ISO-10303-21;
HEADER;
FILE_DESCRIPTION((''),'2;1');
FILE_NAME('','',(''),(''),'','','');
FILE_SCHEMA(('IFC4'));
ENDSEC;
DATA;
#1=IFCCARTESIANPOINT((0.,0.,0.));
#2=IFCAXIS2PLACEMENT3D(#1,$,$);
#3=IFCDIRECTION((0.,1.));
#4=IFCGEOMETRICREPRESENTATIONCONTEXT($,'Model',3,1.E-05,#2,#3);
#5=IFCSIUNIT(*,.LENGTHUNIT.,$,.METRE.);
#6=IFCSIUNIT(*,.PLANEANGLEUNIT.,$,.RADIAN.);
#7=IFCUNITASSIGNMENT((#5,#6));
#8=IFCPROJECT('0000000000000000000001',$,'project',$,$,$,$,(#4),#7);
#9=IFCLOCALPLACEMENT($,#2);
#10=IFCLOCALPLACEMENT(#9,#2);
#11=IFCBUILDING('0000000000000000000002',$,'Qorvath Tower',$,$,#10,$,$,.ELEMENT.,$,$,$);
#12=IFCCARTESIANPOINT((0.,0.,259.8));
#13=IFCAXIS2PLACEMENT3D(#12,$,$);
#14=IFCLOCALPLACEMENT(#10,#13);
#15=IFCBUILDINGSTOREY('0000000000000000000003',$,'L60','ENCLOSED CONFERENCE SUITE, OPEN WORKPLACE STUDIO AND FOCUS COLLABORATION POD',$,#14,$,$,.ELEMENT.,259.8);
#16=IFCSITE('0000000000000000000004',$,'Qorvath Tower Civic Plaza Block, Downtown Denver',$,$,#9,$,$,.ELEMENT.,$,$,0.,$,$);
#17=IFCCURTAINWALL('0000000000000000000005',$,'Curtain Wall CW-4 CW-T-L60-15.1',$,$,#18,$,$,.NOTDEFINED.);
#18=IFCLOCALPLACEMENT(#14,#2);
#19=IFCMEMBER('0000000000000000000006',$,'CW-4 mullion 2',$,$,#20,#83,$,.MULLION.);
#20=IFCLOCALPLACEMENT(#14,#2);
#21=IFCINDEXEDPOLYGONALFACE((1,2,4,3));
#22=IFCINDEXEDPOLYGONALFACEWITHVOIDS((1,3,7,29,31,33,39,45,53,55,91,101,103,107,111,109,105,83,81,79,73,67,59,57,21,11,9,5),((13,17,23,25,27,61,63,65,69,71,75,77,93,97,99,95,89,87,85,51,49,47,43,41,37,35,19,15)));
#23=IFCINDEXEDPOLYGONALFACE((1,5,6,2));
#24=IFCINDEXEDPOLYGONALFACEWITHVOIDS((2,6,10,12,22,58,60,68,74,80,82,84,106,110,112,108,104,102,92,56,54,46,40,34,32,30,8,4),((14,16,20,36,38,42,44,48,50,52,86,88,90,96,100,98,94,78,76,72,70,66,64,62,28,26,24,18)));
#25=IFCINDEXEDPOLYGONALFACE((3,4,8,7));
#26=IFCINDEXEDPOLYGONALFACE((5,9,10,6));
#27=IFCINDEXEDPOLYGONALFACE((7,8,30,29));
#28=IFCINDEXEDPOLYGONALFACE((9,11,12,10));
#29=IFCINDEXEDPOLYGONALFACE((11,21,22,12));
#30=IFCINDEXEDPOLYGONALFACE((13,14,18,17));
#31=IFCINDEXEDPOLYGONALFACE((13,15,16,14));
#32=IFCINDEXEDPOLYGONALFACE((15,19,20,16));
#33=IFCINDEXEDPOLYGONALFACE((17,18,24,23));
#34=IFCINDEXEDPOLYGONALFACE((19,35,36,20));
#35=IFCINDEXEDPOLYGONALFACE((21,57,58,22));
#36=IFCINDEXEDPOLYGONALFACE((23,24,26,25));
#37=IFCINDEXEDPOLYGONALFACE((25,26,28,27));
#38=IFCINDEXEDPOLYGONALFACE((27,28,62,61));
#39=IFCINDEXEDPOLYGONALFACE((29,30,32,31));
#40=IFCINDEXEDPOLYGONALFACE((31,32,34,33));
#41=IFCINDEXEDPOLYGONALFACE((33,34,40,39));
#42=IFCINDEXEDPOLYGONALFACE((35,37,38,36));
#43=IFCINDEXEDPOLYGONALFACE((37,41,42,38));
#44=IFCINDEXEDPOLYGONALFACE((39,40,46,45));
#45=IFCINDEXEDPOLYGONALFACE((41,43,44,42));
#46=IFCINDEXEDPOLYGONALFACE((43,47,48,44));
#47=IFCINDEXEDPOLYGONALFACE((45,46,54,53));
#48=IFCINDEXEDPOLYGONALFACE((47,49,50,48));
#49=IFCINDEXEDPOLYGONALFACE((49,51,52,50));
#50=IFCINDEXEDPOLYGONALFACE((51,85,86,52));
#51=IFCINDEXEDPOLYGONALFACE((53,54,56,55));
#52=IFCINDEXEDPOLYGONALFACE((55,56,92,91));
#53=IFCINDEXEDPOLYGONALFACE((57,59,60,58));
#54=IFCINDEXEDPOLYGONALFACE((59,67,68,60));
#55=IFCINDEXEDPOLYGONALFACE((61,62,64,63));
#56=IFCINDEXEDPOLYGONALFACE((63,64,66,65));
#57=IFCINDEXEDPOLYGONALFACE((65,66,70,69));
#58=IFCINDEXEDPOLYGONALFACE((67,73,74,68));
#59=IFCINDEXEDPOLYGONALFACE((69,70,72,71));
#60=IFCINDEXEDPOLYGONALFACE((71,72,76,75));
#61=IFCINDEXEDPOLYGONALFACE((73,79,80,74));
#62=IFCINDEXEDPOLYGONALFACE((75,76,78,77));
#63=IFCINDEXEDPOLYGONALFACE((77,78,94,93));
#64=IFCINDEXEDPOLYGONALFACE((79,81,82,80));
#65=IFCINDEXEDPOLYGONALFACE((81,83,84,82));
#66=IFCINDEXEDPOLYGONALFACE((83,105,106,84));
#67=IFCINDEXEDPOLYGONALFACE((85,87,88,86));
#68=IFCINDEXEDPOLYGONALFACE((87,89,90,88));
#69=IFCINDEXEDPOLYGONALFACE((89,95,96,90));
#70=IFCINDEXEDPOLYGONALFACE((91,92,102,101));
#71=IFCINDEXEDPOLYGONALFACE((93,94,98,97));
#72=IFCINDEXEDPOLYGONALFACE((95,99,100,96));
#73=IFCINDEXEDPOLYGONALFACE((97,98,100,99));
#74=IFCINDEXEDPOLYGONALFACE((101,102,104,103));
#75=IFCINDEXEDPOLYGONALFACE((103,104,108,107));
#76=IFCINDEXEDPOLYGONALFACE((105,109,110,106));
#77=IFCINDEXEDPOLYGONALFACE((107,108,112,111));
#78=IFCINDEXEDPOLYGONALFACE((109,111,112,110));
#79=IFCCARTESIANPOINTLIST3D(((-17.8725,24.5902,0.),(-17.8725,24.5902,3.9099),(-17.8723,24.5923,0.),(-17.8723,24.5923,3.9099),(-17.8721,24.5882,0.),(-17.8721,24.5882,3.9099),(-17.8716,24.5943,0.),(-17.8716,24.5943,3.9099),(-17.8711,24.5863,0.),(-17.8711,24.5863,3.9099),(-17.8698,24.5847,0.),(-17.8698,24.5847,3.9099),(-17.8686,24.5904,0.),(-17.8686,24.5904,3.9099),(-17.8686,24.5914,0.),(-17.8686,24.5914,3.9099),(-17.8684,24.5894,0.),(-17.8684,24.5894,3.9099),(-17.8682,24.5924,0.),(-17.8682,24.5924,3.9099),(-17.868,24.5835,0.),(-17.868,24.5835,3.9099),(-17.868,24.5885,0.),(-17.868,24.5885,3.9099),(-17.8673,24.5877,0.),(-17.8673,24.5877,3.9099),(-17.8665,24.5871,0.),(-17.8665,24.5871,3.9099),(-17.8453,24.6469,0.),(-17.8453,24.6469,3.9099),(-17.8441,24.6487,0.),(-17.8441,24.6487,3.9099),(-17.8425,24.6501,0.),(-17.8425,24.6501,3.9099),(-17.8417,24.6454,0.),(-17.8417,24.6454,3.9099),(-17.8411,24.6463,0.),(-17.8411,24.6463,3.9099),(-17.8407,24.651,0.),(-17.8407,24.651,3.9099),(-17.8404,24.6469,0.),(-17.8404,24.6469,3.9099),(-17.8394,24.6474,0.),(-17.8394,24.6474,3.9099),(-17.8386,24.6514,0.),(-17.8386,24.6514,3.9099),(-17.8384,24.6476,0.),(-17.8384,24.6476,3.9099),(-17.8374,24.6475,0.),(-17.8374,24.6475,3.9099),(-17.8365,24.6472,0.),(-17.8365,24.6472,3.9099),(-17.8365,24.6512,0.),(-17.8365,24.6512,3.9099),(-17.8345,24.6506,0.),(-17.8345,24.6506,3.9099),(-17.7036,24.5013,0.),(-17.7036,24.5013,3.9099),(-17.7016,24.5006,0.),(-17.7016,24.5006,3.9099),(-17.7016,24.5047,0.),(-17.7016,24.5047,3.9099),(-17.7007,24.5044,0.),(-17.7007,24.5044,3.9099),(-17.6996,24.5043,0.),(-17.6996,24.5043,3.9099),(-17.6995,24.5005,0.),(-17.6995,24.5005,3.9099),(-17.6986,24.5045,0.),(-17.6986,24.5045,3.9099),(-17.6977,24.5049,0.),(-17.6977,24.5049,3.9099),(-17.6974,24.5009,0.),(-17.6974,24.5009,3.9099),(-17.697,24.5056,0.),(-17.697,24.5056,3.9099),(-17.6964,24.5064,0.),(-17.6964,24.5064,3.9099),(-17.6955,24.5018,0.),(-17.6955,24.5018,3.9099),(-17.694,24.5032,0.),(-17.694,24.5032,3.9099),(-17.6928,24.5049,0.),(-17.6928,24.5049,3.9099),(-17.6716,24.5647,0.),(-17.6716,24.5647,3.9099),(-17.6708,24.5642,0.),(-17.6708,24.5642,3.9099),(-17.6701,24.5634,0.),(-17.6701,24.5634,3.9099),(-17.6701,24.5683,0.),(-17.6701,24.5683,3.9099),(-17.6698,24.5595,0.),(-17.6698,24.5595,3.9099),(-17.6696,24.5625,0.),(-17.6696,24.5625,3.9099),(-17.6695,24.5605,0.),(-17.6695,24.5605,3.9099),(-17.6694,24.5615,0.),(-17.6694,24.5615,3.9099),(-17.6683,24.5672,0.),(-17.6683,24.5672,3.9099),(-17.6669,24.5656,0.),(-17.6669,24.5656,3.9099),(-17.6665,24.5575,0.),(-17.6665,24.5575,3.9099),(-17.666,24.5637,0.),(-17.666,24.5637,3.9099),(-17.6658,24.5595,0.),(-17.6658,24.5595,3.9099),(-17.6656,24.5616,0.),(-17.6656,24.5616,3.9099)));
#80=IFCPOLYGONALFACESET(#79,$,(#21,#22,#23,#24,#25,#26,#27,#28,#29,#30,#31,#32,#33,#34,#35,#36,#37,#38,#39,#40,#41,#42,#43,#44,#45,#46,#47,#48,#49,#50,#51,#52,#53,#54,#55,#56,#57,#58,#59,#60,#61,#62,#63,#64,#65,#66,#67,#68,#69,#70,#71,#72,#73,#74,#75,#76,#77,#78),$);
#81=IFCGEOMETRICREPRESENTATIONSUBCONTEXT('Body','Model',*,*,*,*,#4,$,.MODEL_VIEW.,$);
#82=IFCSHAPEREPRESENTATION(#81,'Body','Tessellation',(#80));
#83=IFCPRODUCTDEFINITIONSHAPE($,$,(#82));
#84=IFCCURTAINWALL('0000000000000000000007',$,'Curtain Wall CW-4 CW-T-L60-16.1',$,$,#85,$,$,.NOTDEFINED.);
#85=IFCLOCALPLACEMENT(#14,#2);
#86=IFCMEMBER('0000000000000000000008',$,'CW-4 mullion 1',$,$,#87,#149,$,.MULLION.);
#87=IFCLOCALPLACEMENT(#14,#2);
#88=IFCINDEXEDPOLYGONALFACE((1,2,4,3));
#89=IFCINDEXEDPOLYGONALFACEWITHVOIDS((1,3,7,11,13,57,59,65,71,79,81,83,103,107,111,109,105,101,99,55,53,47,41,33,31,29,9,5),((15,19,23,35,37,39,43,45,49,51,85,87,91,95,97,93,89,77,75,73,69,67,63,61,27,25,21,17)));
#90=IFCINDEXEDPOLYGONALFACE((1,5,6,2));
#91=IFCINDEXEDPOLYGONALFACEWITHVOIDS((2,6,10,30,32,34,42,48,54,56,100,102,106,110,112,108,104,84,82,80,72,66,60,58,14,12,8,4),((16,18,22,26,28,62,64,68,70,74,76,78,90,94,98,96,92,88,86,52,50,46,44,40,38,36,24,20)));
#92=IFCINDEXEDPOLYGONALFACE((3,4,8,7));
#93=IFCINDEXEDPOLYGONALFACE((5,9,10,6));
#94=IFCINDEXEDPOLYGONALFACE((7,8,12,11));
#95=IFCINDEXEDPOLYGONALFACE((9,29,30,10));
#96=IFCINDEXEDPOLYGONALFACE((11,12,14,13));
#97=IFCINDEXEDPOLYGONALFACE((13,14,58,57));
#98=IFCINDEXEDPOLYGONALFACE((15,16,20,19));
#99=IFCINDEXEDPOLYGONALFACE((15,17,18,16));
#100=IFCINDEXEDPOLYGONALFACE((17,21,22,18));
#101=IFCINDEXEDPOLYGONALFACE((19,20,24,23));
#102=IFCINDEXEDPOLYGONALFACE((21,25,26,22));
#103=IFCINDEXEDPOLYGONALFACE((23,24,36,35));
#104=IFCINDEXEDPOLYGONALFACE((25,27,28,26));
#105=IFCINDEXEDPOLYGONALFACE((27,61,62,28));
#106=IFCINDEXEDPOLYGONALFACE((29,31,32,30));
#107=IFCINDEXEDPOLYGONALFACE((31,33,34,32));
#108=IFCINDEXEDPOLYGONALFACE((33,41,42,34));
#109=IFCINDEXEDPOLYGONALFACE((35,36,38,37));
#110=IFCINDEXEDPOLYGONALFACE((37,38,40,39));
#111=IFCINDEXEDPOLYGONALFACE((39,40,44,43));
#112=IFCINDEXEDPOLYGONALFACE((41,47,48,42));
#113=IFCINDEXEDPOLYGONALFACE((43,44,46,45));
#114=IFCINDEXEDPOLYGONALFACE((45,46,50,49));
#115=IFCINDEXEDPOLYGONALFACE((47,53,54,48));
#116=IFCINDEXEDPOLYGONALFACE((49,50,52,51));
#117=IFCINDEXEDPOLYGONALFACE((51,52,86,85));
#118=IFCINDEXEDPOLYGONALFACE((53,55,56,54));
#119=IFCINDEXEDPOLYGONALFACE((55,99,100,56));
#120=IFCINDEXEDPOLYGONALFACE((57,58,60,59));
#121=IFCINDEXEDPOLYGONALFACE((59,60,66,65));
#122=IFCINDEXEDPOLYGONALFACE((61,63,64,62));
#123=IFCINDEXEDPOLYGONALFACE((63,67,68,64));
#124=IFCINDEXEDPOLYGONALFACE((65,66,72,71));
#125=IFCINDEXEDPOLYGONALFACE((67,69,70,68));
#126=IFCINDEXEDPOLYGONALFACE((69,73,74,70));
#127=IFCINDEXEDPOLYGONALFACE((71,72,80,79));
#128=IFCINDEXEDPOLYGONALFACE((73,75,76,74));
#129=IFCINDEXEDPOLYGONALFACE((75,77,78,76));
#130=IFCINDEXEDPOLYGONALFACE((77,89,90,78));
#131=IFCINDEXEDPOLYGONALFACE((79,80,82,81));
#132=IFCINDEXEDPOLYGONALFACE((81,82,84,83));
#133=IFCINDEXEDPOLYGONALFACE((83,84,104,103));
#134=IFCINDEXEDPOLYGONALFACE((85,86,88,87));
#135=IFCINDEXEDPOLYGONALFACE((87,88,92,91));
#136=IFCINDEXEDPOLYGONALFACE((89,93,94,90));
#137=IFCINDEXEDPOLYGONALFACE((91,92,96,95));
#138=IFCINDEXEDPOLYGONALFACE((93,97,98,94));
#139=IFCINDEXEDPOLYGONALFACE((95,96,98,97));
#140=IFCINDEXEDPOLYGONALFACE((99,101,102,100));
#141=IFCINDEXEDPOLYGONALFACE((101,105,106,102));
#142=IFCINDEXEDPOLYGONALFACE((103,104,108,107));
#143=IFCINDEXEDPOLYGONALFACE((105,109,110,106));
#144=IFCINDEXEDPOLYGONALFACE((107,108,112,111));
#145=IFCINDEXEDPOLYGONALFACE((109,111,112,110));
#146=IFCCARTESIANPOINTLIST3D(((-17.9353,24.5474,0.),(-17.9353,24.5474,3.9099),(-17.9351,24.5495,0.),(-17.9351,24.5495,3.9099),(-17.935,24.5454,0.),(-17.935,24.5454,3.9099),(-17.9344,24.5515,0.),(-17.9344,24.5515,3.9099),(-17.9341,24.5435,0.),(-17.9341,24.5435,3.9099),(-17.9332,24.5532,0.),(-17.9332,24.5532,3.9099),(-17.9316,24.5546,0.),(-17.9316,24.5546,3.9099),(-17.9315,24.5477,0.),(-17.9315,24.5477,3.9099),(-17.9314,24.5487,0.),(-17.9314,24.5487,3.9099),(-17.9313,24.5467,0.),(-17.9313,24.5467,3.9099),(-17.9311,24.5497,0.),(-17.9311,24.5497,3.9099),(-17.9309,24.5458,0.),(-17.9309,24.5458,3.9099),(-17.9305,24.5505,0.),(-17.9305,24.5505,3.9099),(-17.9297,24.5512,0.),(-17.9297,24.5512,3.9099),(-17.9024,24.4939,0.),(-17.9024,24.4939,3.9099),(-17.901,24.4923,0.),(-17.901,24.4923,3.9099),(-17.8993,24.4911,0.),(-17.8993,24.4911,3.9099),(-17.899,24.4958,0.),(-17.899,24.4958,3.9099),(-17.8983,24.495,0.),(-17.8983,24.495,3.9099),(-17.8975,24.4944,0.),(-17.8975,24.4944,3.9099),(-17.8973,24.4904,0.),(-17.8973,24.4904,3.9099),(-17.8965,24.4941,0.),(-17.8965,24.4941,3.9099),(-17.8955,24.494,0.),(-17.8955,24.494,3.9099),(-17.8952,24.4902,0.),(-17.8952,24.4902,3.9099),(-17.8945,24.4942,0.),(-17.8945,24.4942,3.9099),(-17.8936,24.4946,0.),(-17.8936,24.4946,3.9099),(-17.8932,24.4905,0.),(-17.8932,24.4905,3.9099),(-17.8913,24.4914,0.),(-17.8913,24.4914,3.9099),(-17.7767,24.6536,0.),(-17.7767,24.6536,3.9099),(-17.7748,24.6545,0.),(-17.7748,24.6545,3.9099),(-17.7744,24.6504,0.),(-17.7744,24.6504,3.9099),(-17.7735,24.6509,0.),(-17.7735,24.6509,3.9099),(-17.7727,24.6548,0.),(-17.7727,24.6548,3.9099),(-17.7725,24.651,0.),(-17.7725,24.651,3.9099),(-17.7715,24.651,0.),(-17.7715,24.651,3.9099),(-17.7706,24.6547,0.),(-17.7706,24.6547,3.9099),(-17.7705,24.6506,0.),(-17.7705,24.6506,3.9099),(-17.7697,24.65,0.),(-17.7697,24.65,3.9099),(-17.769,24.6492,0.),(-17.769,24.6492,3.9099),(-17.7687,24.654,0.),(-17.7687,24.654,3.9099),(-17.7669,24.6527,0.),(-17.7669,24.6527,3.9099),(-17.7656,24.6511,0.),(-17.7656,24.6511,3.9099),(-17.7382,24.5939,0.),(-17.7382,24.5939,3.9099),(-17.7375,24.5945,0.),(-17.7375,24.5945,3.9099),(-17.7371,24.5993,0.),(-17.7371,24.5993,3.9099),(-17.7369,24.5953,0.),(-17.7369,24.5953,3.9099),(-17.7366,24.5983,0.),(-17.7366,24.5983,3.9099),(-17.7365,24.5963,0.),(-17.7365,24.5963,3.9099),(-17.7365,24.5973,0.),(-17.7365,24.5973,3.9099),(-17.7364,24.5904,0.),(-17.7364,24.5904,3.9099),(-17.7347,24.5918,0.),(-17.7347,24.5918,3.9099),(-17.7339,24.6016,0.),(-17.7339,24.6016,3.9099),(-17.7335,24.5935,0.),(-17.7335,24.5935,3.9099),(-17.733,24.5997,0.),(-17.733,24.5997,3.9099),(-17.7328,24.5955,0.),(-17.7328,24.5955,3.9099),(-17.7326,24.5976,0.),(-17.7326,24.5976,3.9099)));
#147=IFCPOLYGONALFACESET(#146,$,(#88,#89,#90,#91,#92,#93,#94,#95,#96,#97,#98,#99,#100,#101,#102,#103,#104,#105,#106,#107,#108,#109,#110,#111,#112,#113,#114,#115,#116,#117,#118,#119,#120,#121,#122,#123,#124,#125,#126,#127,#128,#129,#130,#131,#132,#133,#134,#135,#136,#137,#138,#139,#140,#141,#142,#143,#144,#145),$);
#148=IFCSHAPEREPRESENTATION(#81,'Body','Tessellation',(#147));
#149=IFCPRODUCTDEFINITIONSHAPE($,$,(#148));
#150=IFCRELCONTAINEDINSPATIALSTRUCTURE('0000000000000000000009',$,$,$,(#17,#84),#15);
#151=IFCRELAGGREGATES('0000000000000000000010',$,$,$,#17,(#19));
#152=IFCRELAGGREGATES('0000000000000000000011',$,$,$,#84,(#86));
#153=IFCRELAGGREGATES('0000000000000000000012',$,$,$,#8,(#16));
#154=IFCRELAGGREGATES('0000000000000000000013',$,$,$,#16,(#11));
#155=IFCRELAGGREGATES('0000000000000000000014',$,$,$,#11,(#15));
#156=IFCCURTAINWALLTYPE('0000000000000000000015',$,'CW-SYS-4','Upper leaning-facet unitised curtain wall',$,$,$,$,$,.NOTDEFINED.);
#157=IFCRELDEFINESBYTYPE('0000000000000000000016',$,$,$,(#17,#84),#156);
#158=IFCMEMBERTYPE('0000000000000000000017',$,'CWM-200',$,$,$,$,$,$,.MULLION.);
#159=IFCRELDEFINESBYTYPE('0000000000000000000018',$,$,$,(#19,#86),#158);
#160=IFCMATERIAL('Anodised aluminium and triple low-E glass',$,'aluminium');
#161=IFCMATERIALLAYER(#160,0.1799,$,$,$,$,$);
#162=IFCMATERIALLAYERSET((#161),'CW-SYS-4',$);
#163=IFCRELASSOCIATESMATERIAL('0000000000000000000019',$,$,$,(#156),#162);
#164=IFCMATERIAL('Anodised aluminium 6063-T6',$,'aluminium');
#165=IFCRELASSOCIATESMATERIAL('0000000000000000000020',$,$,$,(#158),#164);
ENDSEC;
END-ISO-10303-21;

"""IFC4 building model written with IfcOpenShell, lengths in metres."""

from ifc_helpers import new_model, si_unit, direction, frame, origin, origin_2d, place, context, subcontext, project, spatial, hollow_rectangle, extrude, material, layer, layer_set, material_profile, profile_set, type_object, element, aggregate, save


model = new_model("IFC4")

# Units and contexts
model_context = context("Model", 3, precision=1e-05, world=origin(), true_north=direction((0.0, 1.0)))
body_context = subcontext(model_context, "Body", "Model", "MODEL_VIEW")
ifc_project = project(units=[si_unit("LENGTHUNIT", "METRE"), si_unit("PLANEANGLEUNIT", "RADIAN")], contexts=[model_context])

# Site, building, storey
site_placement = place(None, origin())
site = spatial("IfcSite", under=ifc_project, at=site_placement, Name="Qorvath Tower Civic Plaza Block, Downtown Denver", CompositionType="ELEMENT", RefElevation=0.0)
building_placement = place(site_placement, origin())
building = spatial("IfcBuilding", under=site, at=building_placement, Name="Qorvath Tower", CompositionType="ELEMENT")
storey_placement = place(building_placement, frame((0.0, 0.0, 259.8)))
storey = spatial("IfcBuildingStorey", under=building, at=storey_placement, Name="L60", Description="ENCLOSED CONFERENCE SUITE, OPEN WORKPLACE STUDIO AND FOCUS COLLABORATION POD", CompositionType="ELEMENT", Elevation=259.8)

# Curtain wall, member
ifc_material_1 = material(Name="Anodised aluminium and triple low-E glass", Category="aluminium")
ifc_layer_1 = layer(ifc_material_1, 0.1799)
ifc_layer_set_1 = layer_set([ifc_layer_1], Name="CW-SYS-4")
curtain_wall_type = type_object("IfcCurtainWallType", Name="CW-SYS-4", Description="Upper leaning-facet unitised curtain wall", PredefinedType="NOTDEFINED", material=ifc_layer_set_1)
curtain_wall_1_placement = place(storey_placement, origin())
curtain_wall_1 = element("IfcCurtainWall", 1, at=curtain_wall_1_placement, inside=storey, type_object=curtain_wall_type, Name="Curtain Wall CW-4 CW-T-L60-15.1", PredefinedType="NOTDEFINED")
ifc_material_2 = material(Name="Anodised aluminium 6063-T6", Category="aluminium")
ifc_material_profile_1 = material_profile(ifc_material_2, hollow_rectangle(XDim=0.075, YDim=0.2, WallThickness=0.0039, InnerFilletRadius=0.0039, OuterFilletRadius=0.0081, at=origin_2d()), Name="CWM 200x75")
ifc_profile_set_1 = profile_set([ifc_material_profile_1], Name="Anodised aluminium 6063-T6")
member_type_1 = type_object("IfcMemberType", Name="CWM-200", PredefinedType="MULLION", material=ifc_profile_set_1)
member_1_placement = place(storey_placement, frame((-17.769, 24.5759, 0.0), z_axis=(0.0, 0.0, 1.0), x_axis=(-0.447193, -0.894437, 0.0)))
member_1 = element("IfcMember", 2, at=member_1_placement, type_object=member_type_1, Name="CW-4 mullion 2", PredefinedType="MULLION", context=body_context, shape_type="SweptSolid", body=[
    extrude(hollow_rectangle(XDim=0.075, YDim=0.2, WallThickness=0.0039, InnerFilletRadius=0.0039, OuterFilletRadius=0.0081, at=origin_2d()), origin(), (0.0, 0.0, 1.0), 3.9099),
])

# Curtain wall, member
curtain_wall_2_placement = place(storey_placement, origin())
curtain_wall_2 = element("IfcCurtainWall", 3, at=curtain_wall_2_placement, inside=storey, type_object=curtain_wall_type, Name="Curtain Wall CW-4 CW-T-L60-16.1", PredefinedType="NOTDEFINED")
member_2_placement = place(storey_placement, frame((-17.834, 24.5725, 0.0), z_axis=(0.0, 0.0, 1.0), x_axis=(0.538523, -0.842611, 0.0)))
member_2 = element("IfcMember", 4, at=member_2_placement, type_object=member_type_1, Name="CW-4 mullion 1", PredefinedType="MULLION", context=body_context, shape_type="SweptSolid", body=[
    extrude(hollow_rectangle(XDim=0.075, YDim=0.2, WallThickness=0.0039, InnerFilletRadius=0.0039, OuterFilletRadius=0.0081, at=origin_2d()), origin(), (0.0, 0.0, 1.0), 3.9099),
])

aggregate(curtain_wall_1, [member_1])
aggregate(curtain_wall_2, [member_2])

save(model, "model.ifc")
